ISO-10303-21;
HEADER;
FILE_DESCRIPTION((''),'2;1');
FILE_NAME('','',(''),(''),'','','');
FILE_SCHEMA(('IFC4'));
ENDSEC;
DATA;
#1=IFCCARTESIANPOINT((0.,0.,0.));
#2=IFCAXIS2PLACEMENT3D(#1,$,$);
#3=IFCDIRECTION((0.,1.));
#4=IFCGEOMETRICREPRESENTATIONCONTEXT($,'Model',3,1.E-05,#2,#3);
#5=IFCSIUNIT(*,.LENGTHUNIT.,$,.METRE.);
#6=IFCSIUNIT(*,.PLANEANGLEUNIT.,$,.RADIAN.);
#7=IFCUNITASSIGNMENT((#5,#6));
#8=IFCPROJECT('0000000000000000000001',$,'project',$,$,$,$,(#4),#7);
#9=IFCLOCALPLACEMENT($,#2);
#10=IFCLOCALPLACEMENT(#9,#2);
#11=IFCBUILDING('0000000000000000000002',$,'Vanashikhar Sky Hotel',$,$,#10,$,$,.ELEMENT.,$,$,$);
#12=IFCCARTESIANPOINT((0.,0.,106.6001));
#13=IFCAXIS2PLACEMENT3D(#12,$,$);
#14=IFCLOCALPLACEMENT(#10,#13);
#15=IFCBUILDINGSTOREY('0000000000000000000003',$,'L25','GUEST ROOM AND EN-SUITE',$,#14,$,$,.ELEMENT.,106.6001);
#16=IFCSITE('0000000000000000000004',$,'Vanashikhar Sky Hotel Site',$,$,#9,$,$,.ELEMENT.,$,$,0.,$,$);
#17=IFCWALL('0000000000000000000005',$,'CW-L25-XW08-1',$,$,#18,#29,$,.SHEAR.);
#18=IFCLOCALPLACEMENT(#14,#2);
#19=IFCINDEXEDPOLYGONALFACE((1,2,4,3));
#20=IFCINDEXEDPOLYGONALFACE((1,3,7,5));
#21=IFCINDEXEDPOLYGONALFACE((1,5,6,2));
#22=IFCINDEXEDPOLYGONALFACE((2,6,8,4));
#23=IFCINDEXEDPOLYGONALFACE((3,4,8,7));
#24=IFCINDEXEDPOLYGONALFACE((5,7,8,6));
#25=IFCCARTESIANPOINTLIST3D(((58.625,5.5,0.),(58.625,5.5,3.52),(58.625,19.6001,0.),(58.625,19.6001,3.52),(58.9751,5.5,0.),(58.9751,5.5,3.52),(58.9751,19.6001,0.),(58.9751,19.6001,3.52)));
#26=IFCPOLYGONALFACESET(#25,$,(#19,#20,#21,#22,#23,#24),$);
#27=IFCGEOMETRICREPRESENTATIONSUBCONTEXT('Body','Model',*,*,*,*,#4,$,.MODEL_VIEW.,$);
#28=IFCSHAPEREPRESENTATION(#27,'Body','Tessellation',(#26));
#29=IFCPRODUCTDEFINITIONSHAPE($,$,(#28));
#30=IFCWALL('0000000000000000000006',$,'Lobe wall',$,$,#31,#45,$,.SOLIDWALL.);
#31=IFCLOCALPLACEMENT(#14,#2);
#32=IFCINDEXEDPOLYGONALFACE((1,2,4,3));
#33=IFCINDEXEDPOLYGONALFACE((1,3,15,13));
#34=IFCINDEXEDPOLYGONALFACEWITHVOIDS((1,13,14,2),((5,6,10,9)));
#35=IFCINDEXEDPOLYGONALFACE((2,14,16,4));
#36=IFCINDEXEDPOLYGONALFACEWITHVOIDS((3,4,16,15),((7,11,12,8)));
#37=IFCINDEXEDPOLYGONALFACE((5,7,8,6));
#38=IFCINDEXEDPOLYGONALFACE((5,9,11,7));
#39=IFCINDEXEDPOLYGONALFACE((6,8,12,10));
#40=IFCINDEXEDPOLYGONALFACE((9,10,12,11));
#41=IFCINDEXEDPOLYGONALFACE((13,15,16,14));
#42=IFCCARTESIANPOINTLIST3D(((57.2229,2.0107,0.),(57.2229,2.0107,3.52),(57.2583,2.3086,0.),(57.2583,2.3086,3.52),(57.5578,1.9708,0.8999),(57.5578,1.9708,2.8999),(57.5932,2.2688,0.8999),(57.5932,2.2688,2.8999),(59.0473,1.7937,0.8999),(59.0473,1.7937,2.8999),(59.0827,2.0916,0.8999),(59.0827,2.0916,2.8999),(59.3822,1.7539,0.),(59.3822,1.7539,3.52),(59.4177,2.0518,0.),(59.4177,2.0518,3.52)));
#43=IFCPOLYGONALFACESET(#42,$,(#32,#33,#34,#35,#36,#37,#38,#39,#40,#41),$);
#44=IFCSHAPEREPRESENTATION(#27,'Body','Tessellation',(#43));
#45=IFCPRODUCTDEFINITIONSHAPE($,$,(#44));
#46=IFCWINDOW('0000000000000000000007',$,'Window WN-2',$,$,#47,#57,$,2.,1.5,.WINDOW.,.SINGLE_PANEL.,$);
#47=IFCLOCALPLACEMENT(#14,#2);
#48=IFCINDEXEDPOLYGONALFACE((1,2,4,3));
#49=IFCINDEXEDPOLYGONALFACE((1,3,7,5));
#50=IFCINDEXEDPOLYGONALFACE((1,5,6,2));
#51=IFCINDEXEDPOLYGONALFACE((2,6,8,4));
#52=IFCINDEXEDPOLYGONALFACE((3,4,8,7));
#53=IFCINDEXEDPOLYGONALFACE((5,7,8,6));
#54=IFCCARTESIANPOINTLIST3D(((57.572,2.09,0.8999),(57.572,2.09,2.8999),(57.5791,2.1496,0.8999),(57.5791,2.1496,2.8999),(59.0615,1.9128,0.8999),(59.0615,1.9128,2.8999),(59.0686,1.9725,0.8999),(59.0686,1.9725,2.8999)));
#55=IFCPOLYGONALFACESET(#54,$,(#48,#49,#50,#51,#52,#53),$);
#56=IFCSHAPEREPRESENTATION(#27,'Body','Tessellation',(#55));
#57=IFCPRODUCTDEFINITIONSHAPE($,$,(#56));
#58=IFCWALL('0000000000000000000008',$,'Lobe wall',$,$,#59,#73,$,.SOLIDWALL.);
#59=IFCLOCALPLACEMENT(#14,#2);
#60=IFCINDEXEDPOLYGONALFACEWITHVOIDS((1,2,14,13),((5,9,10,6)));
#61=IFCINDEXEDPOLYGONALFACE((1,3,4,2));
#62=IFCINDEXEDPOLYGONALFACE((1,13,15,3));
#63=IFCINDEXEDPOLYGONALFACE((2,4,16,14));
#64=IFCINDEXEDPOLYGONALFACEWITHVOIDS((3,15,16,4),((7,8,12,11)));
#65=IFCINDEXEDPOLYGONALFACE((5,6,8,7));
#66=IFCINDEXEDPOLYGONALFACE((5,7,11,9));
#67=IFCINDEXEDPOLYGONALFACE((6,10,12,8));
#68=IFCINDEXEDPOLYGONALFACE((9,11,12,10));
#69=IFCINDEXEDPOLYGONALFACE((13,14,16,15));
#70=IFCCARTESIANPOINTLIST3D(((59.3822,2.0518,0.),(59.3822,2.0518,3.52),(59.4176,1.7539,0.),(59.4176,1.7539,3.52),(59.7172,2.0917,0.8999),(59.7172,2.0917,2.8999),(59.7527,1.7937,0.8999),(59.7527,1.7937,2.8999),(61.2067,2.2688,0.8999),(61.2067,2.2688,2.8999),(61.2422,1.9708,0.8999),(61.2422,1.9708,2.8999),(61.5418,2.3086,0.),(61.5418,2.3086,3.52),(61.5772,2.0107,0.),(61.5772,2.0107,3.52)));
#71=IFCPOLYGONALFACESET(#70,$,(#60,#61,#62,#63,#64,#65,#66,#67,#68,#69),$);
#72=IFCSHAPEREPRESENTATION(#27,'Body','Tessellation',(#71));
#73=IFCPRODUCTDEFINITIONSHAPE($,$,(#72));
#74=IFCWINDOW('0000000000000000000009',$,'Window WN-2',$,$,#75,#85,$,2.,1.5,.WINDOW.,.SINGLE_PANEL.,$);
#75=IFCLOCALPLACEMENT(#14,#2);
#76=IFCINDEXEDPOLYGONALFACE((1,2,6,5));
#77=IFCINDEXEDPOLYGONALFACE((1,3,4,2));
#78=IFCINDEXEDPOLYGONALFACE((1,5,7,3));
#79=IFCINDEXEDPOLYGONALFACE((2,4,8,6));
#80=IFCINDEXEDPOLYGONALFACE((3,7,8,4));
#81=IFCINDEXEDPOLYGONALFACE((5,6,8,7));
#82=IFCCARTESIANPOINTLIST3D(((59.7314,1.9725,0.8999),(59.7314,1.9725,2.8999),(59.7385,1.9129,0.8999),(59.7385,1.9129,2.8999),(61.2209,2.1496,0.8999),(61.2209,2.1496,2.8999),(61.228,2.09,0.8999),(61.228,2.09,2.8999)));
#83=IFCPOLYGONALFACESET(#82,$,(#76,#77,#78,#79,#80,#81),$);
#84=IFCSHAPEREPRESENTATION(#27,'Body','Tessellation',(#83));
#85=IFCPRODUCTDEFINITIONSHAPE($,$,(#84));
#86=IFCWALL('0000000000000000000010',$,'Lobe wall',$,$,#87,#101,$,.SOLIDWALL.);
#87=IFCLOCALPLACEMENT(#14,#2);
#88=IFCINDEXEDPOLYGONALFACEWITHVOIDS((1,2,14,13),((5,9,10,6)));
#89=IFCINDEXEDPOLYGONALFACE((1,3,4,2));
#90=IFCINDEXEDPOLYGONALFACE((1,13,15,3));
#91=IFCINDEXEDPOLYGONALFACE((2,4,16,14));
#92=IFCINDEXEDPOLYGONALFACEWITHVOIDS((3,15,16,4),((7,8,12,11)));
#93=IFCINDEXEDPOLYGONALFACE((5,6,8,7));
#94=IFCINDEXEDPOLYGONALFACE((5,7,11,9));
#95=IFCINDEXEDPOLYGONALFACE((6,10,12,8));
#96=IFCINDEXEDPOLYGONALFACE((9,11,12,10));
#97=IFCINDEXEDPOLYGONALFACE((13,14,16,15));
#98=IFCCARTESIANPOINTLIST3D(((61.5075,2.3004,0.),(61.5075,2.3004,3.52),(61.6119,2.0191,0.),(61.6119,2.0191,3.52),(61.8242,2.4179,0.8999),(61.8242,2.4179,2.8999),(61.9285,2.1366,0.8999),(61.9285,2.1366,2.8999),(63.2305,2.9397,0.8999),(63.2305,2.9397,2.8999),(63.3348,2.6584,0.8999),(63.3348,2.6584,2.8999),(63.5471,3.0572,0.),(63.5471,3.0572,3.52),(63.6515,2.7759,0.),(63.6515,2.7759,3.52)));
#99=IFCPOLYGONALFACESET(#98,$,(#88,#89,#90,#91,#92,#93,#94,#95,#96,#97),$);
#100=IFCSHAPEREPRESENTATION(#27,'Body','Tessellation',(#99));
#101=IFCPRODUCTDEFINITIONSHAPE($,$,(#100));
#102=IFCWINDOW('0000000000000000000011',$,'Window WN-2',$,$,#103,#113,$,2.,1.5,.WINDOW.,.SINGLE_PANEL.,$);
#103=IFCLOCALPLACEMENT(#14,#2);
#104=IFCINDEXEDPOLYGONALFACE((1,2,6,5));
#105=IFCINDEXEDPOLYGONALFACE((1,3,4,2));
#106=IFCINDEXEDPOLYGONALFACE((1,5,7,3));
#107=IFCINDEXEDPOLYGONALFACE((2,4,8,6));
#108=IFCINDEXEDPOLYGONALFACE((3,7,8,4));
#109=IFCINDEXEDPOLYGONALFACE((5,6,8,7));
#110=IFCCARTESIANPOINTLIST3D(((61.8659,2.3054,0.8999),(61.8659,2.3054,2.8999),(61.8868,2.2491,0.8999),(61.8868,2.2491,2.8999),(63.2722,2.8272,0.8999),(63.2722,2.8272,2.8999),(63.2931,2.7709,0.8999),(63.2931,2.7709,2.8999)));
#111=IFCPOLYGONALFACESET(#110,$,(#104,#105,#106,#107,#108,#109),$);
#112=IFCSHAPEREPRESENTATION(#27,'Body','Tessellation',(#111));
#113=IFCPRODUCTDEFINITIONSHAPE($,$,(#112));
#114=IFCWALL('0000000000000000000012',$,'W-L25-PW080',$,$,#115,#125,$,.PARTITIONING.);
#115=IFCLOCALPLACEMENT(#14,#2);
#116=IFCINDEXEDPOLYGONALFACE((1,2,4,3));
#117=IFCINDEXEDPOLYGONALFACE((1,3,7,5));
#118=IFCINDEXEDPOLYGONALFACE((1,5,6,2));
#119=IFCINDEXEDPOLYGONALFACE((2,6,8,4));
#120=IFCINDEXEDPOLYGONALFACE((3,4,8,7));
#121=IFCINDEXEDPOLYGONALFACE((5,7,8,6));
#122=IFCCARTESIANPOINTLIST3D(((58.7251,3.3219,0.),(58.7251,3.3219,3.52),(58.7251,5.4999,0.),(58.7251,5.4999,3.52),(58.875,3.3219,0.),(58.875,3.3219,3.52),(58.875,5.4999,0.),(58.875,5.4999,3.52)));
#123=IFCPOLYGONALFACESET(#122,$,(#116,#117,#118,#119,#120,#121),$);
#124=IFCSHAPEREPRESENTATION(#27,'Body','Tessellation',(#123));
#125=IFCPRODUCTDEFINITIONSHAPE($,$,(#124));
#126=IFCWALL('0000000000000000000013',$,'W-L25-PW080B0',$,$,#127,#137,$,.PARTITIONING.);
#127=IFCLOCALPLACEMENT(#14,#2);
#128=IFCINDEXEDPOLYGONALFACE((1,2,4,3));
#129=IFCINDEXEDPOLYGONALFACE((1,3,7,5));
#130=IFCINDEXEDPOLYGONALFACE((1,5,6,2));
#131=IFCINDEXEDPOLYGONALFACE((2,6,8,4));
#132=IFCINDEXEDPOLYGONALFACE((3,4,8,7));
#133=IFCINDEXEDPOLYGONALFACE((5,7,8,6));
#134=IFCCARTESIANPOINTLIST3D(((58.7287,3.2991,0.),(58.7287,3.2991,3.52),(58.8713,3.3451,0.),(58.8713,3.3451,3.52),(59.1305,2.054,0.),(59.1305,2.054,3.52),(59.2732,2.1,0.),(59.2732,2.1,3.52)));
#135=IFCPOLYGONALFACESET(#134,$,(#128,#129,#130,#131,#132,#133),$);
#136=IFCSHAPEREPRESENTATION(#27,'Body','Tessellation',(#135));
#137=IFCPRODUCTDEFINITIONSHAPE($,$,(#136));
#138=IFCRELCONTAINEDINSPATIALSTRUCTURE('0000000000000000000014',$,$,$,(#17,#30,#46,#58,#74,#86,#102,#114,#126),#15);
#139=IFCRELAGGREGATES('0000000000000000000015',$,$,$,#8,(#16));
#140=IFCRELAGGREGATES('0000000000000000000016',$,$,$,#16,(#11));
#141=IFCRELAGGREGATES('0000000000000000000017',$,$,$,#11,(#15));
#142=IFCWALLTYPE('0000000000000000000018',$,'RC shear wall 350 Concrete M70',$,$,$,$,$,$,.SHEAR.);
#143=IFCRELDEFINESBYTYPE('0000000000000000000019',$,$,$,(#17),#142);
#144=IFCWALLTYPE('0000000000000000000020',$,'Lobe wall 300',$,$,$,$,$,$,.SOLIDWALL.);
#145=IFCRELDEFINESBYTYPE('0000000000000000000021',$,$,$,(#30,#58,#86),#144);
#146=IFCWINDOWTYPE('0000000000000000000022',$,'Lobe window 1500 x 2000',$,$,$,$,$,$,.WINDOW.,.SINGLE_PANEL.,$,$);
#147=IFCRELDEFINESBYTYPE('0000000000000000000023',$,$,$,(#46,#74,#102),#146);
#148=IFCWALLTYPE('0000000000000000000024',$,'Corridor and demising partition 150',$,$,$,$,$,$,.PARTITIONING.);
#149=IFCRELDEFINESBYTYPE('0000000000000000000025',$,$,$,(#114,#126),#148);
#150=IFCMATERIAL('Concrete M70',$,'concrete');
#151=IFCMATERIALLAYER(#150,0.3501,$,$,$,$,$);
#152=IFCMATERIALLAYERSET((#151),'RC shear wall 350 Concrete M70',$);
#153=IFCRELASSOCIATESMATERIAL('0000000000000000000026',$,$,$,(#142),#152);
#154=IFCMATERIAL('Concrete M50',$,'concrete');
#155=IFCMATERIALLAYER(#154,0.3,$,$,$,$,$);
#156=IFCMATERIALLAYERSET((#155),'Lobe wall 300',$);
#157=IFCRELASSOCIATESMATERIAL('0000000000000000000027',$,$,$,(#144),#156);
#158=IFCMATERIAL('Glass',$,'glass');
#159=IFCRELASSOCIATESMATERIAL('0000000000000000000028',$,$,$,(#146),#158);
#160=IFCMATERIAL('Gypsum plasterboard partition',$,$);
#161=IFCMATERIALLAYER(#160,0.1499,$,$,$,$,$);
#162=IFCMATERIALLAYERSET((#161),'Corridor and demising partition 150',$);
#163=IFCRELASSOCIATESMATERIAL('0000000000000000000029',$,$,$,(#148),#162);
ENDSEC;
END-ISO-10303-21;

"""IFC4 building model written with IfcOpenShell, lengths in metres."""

from ifc_helpers import new_model, si_unit, direction, frame, frame_2d, origin, place, context, subcontext, project, spatial, rectangle, extrude, source, transform, mapped, material, layer, layer_set, type_object, element, fill, save


model = new_model("IFC4")

# Units and contexts
model_context = context("Model", 3, precision=1e-05, world=origin(), true_north=direction((0.0, 1.0)))
body_context = subcontext(model_context, "Body", "Model", "MODEL_VIEW")
ifc_project = project(units=[si_unit("LENGTHUNIT", "METRE"), si_unit("PLANEANGLEUNIT", "RADIAN")], contexts=[model_context])

# Site, building, storey
site_placement = place(None, origin())
site = spatial("IfcSite", under=ifc_project, at=site_placement, Name="Vanashikhar Sky Hotel Site", CompositionType="ELEMENT", RefElevation=0.0)
building_placement = place(site_placement, origin())
building = spatial("IfcBuilding", under=site, at=building_placement, Name="Vanashikhar Sky Hotel", CompositionType="ELEMENT")
storey_placement = place(building_placement, frame((0.0, 0.0, 106.6001)))
storey = spatial("IfcBuildingStorey", under=building, at=storey_placement, Name="L25", Description="GUEST ROOM AND EN-SUITE", CompositionType="ELEMENT", Elevation=106.6001)

# Wall
ifc_material_1 = material(Name="Concrete M70", Category="concrete")
ifc_layer_1 = layer(ifc_material_1, 0.3501)
ifc_layer_set_1 = layer_set([ifc_layer_1], Name="RC shear wall 350 Concrete M70")
wall_type_1 = type_object("IfcWallType", Name="RC shear wall 350 Concrete M70", PredefinedType="SHEAR", material=ifc_layer_set_1)
shared_shape_1 = source(origin(), body_context, "Body", "SweptSolid", [
    extrude(rectangle(XDim=14.1001, YDim=0.3501, at=frame_2d((7.05, 0.0))), origin(), (0.0, 0.0, 1.0), 3.52),
])
wall_1_placement = place(storey_placement, frame((58.8, 5.5, 0.0), z_axis=(0.0, 0.0, 1.0), x_axis=(0.0, 1.0, 0.0)))
element("IfcWall", 1, at=wall_1_placement, inside=storey, type_object=wall_type_1, Name="CW-L25-XW08-1", PredefinedType="SHEAR", context=body_context, shape_type="MappedRepresentation", body=[
    mapped(shared_shape_1, transform((0.0, 0.0, 0.0), scale=1.0)),
])

# Walls, openings, windows
ifc_material_2 = material(Name="Concrete M50", Category="concrete")
ifc_layer_2 = layer(ifc_material_2, 0.3)
ifc_layer_set_2 = layer_set([ifc_layer_2], Name="Lobe wall 300")
wall_type_2 = type_object("IfcWallType", Name="Lobe wall 300", PredefinedType="SOLIDWALL", material=ifc_layer_set_2)
shared_shape_2 = source(origin(), body_context, "Body", "SweptSolid", [
    extrude(rectangle(XDim=2.1746, YDim=0.3, at=frame_2d((1.0874, 0.0))), origin(), (0.0, 0.0, 1.0), 3.52),
])
wall_2_placement = place(storey_placement, frame((57.2405, 2.1597, 0.0), z_axis=(0.0, 0.0, 1.0), x_axis=(0.993001, -0.118105, 0.0)))
wall_2 = element("IfcWall", 2, at=wall_2_placement, inside=storey, type_object=wall_type_2, Name="Lobe wall", PredefinedType="SOLIDWALL", context=body_context, shape_type="MappedRepresentation", body=[
    mapped(shared_shape_2, transform((0.0, 0.0, 0.0), scale=1.0)),
])
shared_shape_3 = source(origin(), body_context, "Body", "SweptSolid", [
    extrude(rectangle(XDim=1.5, YDim=2.0, at=frame_2d((0.75, 1.0))), frame((0.0, 0.1602, 0.0), z_axis=(0.0, -1.0, 0.0), x_axis=(1.0, 0.0, 0.0)), (0.0, 0.0, 1.0), 0.3201),
])
opening_1_placement = place(wall_2_placement, frame((0.3374, 0.0, 0.8999)))
opening_1 = element("IfcOpeningElement", 3, at=opening_1_placement, cuts=wall_2, PredefinedType="OPENING", context=body_context, shape_type="MappedRepresentation", body=[
    mapped(shared_shape_3, transform((0.0, 0.0, 0.0), scale=1.0)),
])
ifc_material_3 = material(Name="Glass", Category="glass")
window_type = type_object("IfcWindowType", Name="Lobe window 1500 x 2000", PartitioningType="SINGLE_PANEL", PredefinedType="WINDOW", material=ifc_material_3)
shared_shape_4 = source(origin(), body_context, "Body", "SweptSolid", [
    extrude(rectangle(XDim=1.5, YDim=2.0, at=frame_2d((0.75, 1.0))), frame((0.0, 0.03, 0.0), z_axis=(0.0, -1.0, 0.0), x_axis=(1.0, 0.0, 0.0)), (0.0, 0.0, 1.0), 0.0601),
])
window_1_placement = place(opening_1_placement, origin())
window_1 = element("IfcWindow", 4, at=window_1_placement, inside=storey, type_object=window_type, Name="Window WN-2", OverallHeight=2.0, OverallWidth=1.5, PartitioningType="SINGLE_PANEL", PredefinedType="WINDOW", context=body_context, shape_type="MappedRepresentation", body=[
    mapped(shared_shape_4, transform((0.0, 0.0, 0.0), scale=1.0)),
])
fill(opening_1, window_1)
shared_shape_5 = source(origin(), body_context, "Body", "SweptSolid", [
    extrude(rectangle(XDim=2.1748, YDim=0.3, at=frame_2d((1.0874, 0.0))), origin(), (0.0, 0.0, 1.0), 3.52),
])
wall_3_placement = place(storey_placement, frame((59.3999, 1.9028, 0.0), z_axis=(0.0, 0.0, 1.0), x_axis=(0.993003, 0.118092, 0.0)))
wall_3 = element("IfcWall", 5, at=wall_3_placement, inside=storey, type_object=wall_type_2, Name="Lobe wall", PredefinedType="SOLIDWALL", context=body_context, shape_type="MappedRepresentation", body=[
    mapped(shared_shape_5, transform((0.0, 0.0, 0.0), scale=1.0)),
])
opening_2_placement = place(wall_3_placement, frame((0.3374, 0.0, 0.8999)))
opening_2 = element("IfcOpeningElement", 6, at=opening_2_placement, cuts=wall_3, PredefinedType="OPENING", context=body_context, shape_type="MappedRepresentation", body=[
    mapped(shared_shape_3, transform((0.0, 0.0, 0.0), scale=1.0)),
])
window_2_placement = place(opening_2_placement, origin())
window_2 = element("IfcWindow", 7, at=window_2_placement, inside=storey, type_object=window_type, Name="Window WN-2", OverallHeight=2.0, OverallWidth=1.5, PartitioningType="SINGLE_PANEL", PredefinedType="WINDOW", context=body_context, shape_type="MappedRepresentation", body=[
    mapped(shared_shape_4, transform((0.0, 0.0, 0.0), scale=1.0)),
])
fill(opening_2, window_2)
shared_shape_6 = source(origin(), body_context, "Body", "SweptSolid", [
    extrude(rectangle(XDim=2.1755, YDim=0.3, at=frame_2d((1.0879, 0.0))), origin(), (0.0, 0.0, 1.0), 3.52),
])
wall_4_placement = place(storey_placement, frame((61.5596, 2.1597, 0.0), z_axis=(0.0, 0.0, 1.0), x_axis=(0.937532, 0.347899, 0.0)))
wall_4 = element("IfcWall", 8, at=wall_4_placement, inside=storey, type_object=wall_type_2, Name="Lobe wall", PredefinedType="SOLIDWALL", context=body_context, shape_type="MappedRepresentation", body=[
    mapped(shared_shape_6, transform((0.0, 0.0, 0.0), scale=1.0)),
])
opening_3_placement = place(wall_4_placement, frame((0.3379, 0.0, 0.8999)))
opening_3 = element("IfcOpeningElement", 9, at=opening_3_placement, cuts=wall_4, PredefinedType="OPENING", context=body_context, shape_type="MappedRepresentation", body=[
    mapped(shared_shape_3, transform((0.0, 0.0, 0.0), scale=1.0)),
])
window_3_placement = place(opening_3_placement, origin())
window_3 = element("IfcWindow", 10, at=window_3_placement, inside=storey, type_object=window_type, Name="Window WN-2", OverallHeight=2.0, OverallWidth=1.5, PartitioningType="SINGLE_PANEL", PredefinedType="WINDOW", context=body_context, shape_type="MappedRepresentation", body=[
    mapped(shared_shape_4, transform((0.0, 0.0, 0.0), scale=1.0)),
])
fill(opening_3, window_3)

# Walls
ifc_material_4 = material(Name="Gypsum plasterboard partition")
ifc_layer_3 = layer(ifc_material_4, 0.1499)
ifc_layer_set_3 = layer_set([ifc_layer_3], Name="Corridor and demising partition 150")
wall_type_3 = type_object("IfcWallType", Name="Corridor and demising partition 150", PredefinedType="PARTITIONING", material=ifc_layer_set_3)
shared_shape_7 = source(origin(), body_context, "Body", "SweptSolid", [
    extrude(rectangle(XDim=2.178, YDim=0.1499, at=frame_2d((1.0889, 0.0))), origin(), (0.0, 0.0, 1.0), 3.52),
])
wall_5_placement = place(storey_placement, frame((58.8, 3.322, 0.0), z_axis=(0.0, 0.0, 1.0), x_axis=(0.0, 1.0, 0.0)))
element("IfcWall", 11, at=wall_5_placement, inside=storey, type_object=wall_type_3, Name="W-L25-PW080", PredefinedType="PARTITIONING", context=body_context, shape_type="MappedRepresentation", body=[
    mapped(shared_shape_7, transform((0.0, 0.0, 0.0), scale=1.0)),
])
shared_shape_8 = source(origin(), body_context, "Body", "SweptSolid", [
    extrude(rectangle(XDim=1.3083, YDim=0.1499, at=frame_2d((0.6543, 0.0))), origin(), (0.0, 0.0, 1.0), 3.52),
])
wall_6_placement = place(storey_placement, frame((59.2019, 2.0769, 0.0), z_axis=(0.0, 0.0, 1.0), x_axis=(-0.307145, 0.951663, 0.0)))
element("IfcWall", 12, at=wall_6_placement, inside=storey, type_object=wall_type_3, Name="W-L25-PW080B0", PredefinedType="PARTITIONING", context=body_context, shape_type="MappedRepresentation", body=[
    mapped(shared_shape_8, transform((0.0, 0.0, 0.0), scale=1.0)),
])

save(model, "model.ifc")
